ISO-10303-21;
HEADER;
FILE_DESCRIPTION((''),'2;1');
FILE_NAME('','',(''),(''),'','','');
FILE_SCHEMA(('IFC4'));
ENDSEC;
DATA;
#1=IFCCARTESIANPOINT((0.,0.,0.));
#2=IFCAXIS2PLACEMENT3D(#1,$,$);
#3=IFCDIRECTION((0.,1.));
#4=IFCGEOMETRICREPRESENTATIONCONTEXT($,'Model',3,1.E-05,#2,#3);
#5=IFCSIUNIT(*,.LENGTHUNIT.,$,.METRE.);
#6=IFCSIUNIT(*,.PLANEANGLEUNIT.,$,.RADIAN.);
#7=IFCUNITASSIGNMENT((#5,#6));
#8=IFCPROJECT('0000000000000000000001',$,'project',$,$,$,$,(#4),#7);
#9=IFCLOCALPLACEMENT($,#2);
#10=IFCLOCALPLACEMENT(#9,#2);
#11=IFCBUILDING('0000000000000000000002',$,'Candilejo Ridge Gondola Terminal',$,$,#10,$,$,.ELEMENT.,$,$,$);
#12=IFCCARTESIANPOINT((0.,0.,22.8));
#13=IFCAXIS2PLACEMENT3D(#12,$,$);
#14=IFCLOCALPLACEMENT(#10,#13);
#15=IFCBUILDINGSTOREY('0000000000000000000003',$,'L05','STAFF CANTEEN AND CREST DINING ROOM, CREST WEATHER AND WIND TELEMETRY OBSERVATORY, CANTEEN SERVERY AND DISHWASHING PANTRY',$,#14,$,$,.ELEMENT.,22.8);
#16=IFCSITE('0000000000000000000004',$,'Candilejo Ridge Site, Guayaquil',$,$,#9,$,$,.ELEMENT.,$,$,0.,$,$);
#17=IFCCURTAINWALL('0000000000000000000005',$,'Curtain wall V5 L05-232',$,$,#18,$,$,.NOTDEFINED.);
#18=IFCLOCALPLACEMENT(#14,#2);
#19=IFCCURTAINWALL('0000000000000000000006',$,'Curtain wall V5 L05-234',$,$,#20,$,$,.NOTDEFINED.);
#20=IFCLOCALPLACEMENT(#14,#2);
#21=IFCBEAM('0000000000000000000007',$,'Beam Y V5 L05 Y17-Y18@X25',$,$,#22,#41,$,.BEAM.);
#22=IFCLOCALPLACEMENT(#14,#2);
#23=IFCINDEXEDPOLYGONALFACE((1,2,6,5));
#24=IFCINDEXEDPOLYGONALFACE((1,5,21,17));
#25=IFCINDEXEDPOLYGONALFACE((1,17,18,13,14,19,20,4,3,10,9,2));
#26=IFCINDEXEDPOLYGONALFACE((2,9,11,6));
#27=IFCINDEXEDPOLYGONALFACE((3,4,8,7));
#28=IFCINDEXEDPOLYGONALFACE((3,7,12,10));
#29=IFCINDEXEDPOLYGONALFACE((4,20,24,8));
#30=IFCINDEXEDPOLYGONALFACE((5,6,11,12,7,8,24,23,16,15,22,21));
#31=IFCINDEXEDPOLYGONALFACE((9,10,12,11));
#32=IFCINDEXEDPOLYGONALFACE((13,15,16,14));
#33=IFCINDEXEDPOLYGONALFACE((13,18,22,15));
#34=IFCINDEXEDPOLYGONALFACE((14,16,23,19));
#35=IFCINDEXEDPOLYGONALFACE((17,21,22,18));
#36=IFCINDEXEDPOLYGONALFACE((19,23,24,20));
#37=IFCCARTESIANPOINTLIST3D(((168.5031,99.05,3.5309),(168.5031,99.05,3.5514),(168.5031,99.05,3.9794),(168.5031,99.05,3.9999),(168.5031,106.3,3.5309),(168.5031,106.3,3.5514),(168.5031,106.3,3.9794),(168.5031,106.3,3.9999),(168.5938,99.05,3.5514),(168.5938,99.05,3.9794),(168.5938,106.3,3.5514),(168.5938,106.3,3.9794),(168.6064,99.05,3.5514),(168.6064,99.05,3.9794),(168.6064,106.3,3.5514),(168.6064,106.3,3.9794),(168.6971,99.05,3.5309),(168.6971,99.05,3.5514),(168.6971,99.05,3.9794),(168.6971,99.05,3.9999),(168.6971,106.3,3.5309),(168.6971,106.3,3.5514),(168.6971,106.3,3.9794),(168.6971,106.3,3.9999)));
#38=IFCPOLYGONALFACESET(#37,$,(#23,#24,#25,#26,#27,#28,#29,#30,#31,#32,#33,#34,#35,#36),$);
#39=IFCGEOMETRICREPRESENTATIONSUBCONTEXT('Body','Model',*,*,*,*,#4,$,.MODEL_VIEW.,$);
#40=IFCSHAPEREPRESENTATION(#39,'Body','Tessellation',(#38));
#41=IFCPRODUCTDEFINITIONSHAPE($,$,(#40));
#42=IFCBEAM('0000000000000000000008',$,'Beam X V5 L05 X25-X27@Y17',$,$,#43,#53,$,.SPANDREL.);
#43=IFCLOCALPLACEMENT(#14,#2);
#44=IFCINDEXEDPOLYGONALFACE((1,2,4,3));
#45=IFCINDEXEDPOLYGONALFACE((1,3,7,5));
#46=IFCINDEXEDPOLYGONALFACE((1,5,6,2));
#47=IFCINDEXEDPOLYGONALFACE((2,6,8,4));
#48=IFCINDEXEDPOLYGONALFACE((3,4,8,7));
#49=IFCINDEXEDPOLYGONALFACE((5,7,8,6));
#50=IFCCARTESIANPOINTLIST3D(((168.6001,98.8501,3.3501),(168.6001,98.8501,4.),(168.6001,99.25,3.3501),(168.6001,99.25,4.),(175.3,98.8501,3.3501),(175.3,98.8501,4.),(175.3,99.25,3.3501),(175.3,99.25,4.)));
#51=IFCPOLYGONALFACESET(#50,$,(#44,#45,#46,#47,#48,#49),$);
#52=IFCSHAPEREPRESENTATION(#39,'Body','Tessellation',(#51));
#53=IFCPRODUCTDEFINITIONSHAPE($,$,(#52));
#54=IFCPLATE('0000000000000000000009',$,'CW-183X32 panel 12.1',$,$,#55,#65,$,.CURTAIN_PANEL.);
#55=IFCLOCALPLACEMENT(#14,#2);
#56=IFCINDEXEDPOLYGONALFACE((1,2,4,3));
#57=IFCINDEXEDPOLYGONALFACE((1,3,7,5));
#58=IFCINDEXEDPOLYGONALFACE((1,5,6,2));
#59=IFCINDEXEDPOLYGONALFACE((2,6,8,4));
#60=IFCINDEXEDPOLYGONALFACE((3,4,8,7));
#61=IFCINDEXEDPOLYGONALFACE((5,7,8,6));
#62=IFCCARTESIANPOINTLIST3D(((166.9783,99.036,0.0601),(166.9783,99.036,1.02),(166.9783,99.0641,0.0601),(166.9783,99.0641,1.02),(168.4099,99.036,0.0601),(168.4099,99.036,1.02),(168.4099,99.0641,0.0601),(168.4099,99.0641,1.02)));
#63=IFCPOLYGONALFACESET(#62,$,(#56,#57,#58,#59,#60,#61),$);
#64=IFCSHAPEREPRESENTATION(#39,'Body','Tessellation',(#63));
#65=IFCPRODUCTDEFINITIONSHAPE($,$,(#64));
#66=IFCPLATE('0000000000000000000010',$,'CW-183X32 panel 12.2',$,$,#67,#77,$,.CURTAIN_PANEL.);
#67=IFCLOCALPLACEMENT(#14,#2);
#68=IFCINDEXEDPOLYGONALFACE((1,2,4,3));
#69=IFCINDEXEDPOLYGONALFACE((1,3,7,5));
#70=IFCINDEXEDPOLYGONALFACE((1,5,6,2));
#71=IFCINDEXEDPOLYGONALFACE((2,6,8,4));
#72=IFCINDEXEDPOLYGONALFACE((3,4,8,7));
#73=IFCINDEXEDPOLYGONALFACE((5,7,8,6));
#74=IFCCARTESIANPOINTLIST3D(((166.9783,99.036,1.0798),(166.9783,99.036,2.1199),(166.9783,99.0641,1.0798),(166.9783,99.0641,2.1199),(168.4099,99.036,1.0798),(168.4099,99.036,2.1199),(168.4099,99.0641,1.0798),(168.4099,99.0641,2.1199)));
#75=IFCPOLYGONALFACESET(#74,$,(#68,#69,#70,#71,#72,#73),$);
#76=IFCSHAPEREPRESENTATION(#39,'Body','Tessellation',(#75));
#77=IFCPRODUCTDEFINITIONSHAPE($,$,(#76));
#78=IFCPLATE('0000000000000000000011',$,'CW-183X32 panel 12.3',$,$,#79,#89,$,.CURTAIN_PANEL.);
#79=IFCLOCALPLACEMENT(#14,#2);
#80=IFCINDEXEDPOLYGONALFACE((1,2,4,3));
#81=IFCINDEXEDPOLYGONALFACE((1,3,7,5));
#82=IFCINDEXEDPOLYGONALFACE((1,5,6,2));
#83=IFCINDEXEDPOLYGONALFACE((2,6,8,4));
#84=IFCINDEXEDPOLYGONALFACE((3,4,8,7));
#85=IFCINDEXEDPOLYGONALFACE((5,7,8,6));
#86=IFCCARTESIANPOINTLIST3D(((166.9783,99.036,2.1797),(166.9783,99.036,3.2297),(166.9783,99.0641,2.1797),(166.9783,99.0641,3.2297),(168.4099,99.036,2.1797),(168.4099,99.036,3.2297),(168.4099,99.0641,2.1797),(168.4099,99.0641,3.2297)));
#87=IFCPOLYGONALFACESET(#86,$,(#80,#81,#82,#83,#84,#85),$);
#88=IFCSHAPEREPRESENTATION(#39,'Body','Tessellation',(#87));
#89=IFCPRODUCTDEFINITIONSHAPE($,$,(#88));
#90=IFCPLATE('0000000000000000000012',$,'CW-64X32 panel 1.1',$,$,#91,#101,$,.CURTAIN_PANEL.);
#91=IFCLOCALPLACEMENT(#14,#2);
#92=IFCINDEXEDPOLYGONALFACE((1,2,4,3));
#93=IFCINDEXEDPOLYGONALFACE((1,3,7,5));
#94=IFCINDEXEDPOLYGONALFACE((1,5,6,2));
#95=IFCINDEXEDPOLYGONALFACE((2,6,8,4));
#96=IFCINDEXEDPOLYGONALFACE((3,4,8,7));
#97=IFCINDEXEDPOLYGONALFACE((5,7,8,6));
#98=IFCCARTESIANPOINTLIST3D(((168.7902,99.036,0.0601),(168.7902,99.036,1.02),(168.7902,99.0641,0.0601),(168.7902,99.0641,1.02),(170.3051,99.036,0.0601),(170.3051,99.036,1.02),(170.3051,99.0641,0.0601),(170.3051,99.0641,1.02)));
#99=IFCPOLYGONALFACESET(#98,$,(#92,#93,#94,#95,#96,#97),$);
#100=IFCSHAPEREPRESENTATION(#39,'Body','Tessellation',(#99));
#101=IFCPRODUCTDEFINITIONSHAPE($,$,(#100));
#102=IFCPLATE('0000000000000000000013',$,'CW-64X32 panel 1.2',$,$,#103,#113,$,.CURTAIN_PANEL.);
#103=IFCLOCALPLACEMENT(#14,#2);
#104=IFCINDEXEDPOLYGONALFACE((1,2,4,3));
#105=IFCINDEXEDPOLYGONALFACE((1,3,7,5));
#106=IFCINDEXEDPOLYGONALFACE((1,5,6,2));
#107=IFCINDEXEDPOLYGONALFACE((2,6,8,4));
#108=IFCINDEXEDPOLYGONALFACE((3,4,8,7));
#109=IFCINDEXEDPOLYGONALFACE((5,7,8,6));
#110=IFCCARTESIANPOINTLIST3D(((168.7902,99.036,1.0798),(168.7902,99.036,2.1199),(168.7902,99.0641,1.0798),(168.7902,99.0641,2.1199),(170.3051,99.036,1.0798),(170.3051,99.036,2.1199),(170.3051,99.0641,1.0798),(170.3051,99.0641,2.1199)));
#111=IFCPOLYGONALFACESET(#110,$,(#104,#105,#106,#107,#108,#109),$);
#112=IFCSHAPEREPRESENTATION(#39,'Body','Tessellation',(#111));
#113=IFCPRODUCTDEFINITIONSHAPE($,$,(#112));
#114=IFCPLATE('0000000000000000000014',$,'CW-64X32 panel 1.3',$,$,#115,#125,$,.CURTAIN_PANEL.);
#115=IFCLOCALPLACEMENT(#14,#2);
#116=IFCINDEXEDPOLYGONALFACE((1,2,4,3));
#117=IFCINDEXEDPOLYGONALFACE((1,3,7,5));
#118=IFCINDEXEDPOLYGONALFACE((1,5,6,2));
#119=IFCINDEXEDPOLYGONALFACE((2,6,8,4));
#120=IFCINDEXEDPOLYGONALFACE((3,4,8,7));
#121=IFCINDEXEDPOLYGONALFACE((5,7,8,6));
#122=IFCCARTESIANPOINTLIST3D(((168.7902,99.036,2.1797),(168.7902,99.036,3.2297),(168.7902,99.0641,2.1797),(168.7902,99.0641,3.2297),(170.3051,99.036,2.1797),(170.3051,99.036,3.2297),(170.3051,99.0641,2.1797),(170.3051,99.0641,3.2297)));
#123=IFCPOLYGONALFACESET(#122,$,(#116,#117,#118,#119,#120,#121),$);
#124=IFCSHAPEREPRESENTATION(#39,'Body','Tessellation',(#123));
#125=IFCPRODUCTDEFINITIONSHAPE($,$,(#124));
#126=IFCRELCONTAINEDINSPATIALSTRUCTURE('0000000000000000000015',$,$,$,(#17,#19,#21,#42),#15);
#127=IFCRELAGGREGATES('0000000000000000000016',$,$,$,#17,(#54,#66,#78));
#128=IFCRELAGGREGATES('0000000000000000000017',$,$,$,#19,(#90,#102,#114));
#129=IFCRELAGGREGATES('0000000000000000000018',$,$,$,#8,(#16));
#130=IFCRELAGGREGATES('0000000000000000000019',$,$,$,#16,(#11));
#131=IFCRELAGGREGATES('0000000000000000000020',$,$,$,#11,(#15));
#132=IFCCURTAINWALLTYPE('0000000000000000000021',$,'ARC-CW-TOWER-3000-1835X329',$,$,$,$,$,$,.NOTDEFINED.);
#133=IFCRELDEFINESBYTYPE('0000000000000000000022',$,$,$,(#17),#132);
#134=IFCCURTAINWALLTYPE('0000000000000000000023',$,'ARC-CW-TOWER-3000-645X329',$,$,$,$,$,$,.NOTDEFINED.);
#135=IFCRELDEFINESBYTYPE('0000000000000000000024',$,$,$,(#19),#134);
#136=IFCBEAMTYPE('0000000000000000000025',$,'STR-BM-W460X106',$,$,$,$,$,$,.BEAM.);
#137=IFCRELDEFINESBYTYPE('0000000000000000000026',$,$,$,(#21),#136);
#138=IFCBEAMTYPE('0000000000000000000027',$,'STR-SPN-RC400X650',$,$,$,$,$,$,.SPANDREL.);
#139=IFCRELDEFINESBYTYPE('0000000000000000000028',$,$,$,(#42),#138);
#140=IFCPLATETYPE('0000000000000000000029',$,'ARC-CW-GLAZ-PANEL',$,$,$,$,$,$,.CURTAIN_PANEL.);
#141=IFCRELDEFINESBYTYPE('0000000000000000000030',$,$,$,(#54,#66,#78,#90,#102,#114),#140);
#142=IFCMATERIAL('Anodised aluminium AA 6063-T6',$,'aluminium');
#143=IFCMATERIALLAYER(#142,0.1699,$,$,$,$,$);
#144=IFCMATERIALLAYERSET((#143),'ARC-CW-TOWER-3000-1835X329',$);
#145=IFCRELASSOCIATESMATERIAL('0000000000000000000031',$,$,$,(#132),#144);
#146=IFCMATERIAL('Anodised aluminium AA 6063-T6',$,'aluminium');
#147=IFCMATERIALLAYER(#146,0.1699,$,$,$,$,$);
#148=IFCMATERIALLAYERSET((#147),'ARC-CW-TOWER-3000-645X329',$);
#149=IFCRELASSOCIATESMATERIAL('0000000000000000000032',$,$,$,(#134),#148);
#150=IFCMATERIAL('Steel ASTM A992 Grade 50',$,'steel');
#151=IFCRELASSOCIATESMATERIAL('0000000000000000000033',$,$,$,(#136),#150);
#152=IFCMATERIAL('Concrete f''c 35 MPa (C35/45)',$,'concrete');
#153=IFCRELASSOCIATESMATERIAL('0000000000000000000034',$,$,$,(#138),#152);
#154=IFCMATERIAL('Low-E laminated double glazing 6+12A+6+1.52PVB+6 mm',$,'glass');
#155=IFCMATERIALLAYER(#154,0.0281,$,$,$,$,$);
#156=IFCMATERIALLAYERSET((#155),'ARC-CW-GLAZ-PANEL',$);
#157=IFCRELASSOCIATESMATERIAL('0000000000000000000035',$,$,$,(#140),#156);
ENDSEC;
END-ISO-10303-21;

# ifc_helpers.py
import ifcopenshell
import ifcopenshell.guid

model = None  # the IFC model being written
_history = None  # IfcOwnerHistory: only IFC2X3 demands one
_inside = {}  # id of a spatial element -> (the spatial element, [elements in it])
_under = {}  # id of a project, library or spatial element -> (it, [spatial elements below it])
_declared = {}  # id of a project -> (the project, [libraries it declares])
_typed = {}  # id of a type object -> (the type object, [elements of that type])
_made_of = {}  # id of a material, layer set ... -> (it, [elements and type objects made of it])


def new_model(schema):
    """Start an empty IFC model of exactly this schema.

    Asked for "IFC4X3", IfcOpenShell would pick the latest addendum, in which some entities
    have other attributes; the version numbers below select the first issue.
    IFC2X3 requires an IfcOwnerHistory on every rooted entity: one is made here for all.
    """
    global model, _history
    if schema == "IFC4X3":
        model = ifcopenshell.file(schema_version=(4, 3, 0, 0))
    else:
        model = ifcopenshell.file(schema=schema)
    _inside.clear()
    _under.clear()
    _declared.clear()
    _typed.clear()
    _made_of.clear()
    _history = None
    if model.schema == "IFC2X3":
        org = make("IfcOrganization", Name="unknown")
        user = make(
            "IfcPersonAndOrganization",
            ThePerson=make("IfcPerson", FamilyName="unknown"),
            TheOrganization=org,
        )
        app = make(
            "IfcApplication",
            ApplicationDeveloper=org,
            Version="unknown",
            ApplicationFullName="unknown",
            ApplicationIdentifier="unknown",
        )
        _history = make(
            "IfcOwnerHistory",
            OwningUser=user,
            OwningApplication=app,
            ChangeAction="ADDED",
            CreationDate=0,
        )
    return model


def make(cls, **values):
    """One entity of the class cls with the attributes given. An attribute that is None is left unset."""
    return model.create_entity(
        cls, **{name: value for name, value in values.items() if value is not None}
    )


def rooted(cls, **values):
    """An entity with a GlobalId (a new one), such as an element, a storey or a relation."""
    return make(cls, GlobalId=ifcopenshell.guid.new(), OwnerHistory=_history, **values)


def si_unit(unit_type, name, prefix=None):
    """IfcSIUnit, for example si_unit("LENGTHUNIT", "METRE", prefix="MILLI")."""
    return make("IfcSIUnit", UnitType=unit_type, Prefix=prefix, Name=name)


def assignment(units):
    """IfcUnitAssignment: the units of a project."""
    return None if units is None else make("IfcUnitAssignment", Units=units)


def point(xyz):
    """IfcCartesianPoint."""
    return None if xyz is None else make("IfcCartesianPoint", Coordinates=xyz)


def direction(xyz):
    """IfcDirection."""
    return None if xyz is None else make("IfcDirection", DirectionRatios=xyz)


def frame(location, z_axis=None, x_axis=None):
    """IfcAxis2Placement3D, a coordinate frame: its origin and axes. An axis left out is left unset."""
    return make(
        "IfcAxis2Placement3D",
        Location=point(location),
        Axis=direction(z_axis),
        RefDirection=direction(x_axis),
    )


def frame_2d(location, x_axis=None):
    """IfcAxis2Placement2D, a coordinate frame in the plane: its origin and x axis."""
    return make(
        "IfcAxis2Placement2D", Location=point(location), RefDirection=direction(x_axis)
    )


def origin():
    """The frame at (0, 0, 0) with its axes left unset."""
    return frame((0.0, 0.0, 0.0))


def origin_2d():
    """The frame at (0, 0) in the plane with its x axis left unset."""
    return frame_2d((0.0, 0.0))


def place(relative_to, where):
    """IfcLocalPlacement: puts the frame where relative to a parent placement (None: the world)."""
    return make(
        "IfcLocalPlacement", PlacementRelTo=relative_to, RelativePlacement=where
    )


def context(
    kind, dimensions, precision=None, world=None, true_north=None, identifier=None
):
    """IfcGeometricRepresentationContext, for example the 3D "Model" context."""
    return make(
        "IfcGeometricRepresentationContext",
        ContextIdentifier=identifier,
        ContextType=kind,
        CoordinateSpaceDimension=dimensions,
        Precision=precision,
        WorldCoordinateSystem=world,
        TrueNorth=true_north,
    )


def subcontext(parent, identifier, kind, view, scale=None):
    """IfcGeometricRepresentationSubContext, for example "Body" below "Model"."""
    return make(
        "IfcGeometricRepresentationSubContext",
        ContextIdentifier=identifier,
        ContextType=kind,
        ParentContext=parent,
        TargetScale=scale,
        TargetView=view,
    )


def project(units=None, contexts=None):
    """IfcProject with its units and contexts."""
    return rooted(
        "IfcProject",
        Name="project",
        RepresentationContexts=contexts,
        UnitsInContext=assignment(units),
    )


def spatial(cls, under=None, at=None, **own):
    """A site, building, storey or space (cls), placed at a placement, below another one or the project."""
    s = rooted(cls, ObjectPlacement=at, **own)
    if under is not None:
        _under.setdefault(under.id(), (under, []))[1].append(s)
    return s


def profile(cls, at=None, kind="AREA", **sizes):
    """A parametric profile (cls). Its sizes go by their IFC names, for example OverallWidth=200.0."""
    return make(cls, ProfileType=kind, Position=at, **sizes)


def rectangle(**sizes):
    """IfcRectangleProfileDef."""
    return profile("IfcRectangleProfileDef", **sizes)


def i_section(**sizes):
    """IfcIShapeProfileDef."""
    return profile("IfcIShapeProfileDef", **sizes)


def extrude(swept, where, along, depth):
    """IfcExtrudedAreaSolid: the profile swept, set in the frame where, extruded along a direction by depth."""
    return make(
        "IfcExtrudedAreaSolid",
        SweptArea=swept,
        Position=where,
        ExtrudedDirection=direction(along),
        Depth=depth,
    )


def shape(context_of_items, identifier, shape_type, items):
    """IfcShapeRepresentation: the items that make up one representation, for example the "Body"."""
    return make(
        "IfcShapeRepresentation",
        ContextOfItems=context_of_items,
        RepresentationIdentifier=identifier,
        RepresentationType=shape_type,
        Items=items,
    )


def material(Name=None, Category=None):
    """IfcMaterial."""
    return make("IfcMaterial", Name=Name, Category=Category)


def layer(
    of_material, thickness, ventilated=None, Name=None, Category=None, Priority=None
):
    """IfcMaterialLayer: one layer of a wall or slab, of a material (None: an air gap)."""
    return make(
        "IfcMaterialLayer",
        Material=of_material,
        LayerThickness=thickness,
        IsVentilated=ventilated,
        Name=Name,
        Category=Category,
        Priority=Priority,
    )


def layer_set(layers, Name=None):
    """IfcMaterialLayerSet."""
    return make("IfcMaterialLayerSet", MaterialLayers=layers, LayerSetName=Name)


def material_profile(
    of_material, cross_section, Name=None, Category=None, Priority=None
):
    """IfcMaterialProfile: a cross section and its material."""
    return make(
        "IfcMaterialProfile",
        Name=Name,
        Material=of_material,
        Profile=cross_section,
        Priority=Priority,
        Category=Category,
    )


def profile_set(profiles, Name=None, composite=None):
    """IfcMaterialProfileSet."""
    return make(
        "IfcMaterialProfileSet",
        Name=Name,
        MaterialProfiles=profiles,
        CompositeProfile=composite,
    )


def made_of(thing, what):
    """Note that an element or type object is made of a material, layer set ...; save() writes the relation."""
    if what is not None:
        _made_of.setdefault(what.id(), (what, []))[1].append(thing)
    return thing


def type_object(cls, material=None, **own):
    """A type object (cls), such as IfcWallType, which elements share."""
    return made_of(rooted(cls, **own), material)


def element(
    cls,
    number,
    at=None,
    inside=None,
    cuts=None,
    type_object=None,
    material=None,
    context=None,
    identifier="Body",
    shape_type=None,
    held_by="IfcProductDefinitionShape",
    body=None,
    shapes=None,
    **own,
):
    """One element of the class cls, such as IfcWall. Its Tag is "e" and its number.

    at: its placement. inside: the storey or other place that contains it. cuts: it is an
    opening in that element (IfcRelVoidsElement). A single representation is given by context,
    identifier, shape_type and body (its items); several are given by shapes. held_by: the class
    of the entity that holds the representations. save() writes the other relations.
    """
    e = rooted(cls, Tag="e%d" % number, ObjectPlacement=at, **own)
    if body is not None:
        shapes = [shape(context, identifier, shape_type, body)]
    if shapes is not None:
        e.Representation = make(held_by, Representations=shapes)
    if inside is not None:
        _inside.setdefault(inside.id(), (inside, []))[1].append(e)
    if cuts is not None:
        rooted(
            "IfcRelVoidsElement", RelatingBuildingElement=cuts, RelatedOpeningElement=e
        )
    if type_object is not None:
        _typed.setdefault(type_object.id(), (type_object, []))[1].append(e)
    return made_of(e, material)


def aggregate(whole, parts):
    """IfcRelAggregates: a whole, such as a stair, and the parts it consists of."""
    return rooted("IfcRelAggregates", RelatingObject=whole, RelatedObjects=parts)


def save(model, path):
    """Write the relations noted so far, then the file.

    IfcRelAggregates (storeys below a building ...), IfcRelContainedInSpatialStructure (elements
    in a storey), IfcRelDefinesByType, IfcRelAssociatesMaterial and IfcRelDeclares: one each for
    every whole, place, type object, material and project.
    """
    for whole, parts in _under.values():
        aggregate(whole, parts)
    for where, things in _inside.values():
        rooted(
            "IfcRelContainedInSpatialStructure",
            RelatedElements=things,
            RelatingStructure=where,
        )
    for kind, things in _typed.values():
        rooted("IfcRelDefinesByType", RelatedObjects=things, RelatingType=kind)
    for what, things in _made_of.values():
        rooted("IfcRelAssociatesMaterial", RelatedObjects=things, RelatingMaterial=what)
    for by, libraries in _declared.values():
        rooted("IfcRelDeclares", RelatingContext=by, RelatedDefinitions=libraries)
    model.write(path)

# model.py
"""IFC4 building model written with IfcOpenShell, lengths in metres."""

from ifc_helpers import new_model, si_unit, direction, frame, origin, origin_2d, place, context, subcontext, project, spatial, rectangle, i_section, extrude, material, layer, layer_set, material_profile, profile_set, type_object, element, aggregate, save


model = new_model("IFC4")

# Units and contexts
model_context = context("Model", 3, precision=1e-05, world=origin(), true_north=direction((0.0, 1.0)))
body_context = subcontext(model_context, "Body", "Model", "MODEL_VIEW")
ifc_project = project(units=[si_unit("LENGTHUNIT", "METRE"), si_unit("PLANEANGLEUNIT", "RADIAN")], contexts=[model_context])

# Site, building, storey
site_placement = place(None, origin())
site = spatial("IfcSite", under=ifc_project, at=site_placement, Name="Candilejo Ridge Site, Guayaquil", CompositionType="ELEMENT", RefElevation=0.0)
building_placement = place(site_placement, origin())
building = spatial("IfcBuilding", under=site, at=building_placement, Name="Candilejo Ridge Gondola Terminal", CompositionType="ELEMENT")
storey_placement = place(building_placement, frame((0.0, 0.0, 22.8)))
storey = spatial("IfcBuildingStorey", under=building, at=storey_placement, Name="L05", Description="STAFF CANTEEN AND CREST DINING ROOM, CREST WEATHER AND WIND TELEMETRY OBSERVATORY, CANTEEN SERVERY AND DISHWASHING PANTRY", CompositionType="ELEMENT", Elevation=22.8)

# Curtain wall
ifc_material_1 = material(Name="Anodised aluminium AA 6063-T6", Category="aluminium")
ifc_layer_1 = layer(ifc_material_1, 0.1699)
ifc_layer_set_1 = layer_set([ifc_layer_1], Name="ARC-CW-TOWER-3000-1835X329")
curtain_wall_type_1 = type_object("IfcCurtainWallType", Name="ARC-CW-TOWER-3000-1835X329", PredefinedType="NOTDEFINED", material=ifc_layer_set_1)
curtain_wall_1_placement = place(storey_placement, origin())
curtain_wall_1 = element("IfcCurtainWall", 1, at=curtain_wall_1_placement, inside=storey, type_object=curtain_wall_type_1, Name="Curtain wall V5 L05-232", PredefinedType="NOTDEFINED")

# Curtain wall
ifc_material_2 = material(Name="Anodised aluminium AA 6063-T6", Category="aluminium")
ifc_layer_2 = layer(ifc_material_2, 0.1699)
ifc_layer_set_2 = layer_set([ifc_layer_2], Name="ARC-CW-TOWER-3000-645X329")
curtain_wall_type_2 = type_object("IfcCurtainWallType", Name="ARC-CW-TOWER-3000-645X329", PredefinedType="NOTDEFINED", material=ifc_layer_set_2)
curtain_wall_2_placement = place(storey_placement, origin())
curtain_wall_2 = element("IfcCurtainWall", 2, at=curtain_wall_2_placement, inside=storey, type_object=curtain_wall_type_2, Name="Curtain wall V5 L05-234", PredefinedType="NOTDEFINED")

# Beams
ifc_material_3 = material(Name="Steel ASTM A992 Grade 50", Category="steel")
ifc_material_profile_1 = material_profile(ifc_material_3, i_section(OverallWidth=0.1941, OverallDepth=0.469, WebThickness=0.0127, FlangeThickness=0.0205, at=origin_2d()))
ifc_profile_set_1 = profile_set([ifc_material_profile_1], Name="Steel ASTM A992 Grade 50")
beam_type_1 = type_object("IfcBeamType", Name="STR-BM-W460X106", PredefinedType="BEAM", material=ifc_profile_set_1)
beam_1_placement = place(storey_placement, frame((168.6001, 99.05, 3.7654), z_axis=(0.0, 1.0, 0.0), x_axis=(-1.0, 0.0, 0.0)))
element("IfcBeam", 3, at=beam_1_placement, inside=storey, type_object=beam_type_1, Name="Beam Y V5 L05 Y17-Y18@X25", PredefinedType="BEAM", context=body_context, shape_type="SweptSolid", body=[
    extrude(i_section(OverallWidth=0.1941, OverallDepth=0.469, WebThickness=0.0127, FlangeThickness=0.0205, at=origin_2d()), origin(), (0.0, 0.0, 1.0), 7.25),
])
ifc_material_4 = material(Name="Concrete f'c 35 MPa (C35/45)", Category="concrete")
ifc_material_profile_2 = material_profile(ifc_material_4, rectangle(XDim=0.3999, YDim=0.6499, at=origin_2d()))
ifc_profile_set_2 = profile_set([ifc_material_profile_2], Name="Concrete f'c 35 MPa (C35/45)")
beam_type_2 = type_object("IfcBeamType", Name="STR-SPN-RC400X650", PredefinedType="SPANDREL", material=ifc_profile_set_2)
beam_2_placement = place(storey_placement, frame((168.6001, 99.05, 3.675), z_axis=(1.0, 0.0, 0.0), x_axis=(0.0, 1.0, 0.0)))
element("IfcBeam", 4, at=beam_2_placement, inside=storey, type_object=beam_type_2, Name="Beam X V5 L05 X25-X27@Y17", PredefinedType="SPANDREL", context=body_context, shape_type="SweptSolid", body=[
    extrude(rectangle(XDim=0.3999, YDim=0.6499, at=origin_2d()), origin(), (0.0, 0.0, 1.0), 6.7),
])

# Plates
ifc_material_5 = material(Name="Low-E laminated double glazing 6+12A+6+1.52PVB+6 mm", Category="glass")
ifc_layer_3 = layer(ifc_material_5, 0.0281)
ifc_layer_set_3 = layer_set([ifc_layer_3], Name="ARC-CW-GLAZ-PANEL")
plate_type = type_object("IfcPlateType", Name="ARC-CW-GLAZ-PANEL", PredefinedType="CURTAIN_PANEL", material=ifc_layer_set_3)
plate_1_placement = place(storey_placement, frame((167.6941, 99.05, 0.0601), z_axis=(0.0, 0.0, 1.0), x_axis=(1.0, 0.0, 0.0)))
plate_1 = element("IfcPlate", 5, at=plate_1_placement, type_object=plate_type, Name="CW-183X32 panel 12.1", PredefinedType="CURTAIN_PANEL", context=body_context, shape_type="SweptSolid", body=[
    extrude(rectangle(XDim=1.4316, YDim=0.0281, at=origin_2d()), origin(), (0.0, 0.0, 1.0), 0.96),
])
plate_2_placement = place(storey_placement, frame((167.6941, 99.05, 1.0798), z_axis=(0.0, 0.0, 1.0), x_axis=(1.0, 0.0, 0.0)))
plate_2 = element("IfcPlate", 6, at=plate_2_placement, type_object=plate_type, Name="CW-183X32 panel 12.2", PredefinedType="CURTAIN_PANEL", context=body_context, shape_type="SweptSolid", body=[
    extrude(rectangle(XDim=1.4316, YDim=0.0281, at=origin_2d()), origin(), (0.0, 0.0, 1.0), 1.04),
])
plate_3_placement = place(storey_placement, frame((167.6941, 99.05, 2.1797), z_axis=(0.0, 0.0, 1.0), x_axis=(1.0, 0.0, 0.0)))
plate_3 = element("IfcPlate", 7, at=plate_3_placement, type_object=plate_type, Name="CW-183X32 panel 12.3", PredefinedType="CURTAIN_PANEL", context=body_context, shape_type="SweptSolid", body=[
    extrude(rectangle(XDim=1.4316, YDim=0.0281, at=origin_2d()), origin(), (0.0, 0.0, 1.0), 1.05),
])
aggregate(curtain_wall_1, [plate_1, plate_2, plate_3])
plate_4_placement = place(storey_placement, frame((169.5476, 99.05, 0.0601), z_axis=(0.0, 0.0, 1.0), x_axis=(1.0, 0.0, 0.0)))
plate_4 = element("IfcPlate", 8, at=plate_4_placement, type_object=plate_type, Name="CW-64X32 panel 1.1", PredefinedType="CURTAIN_PANEL", context=body_context, shape_type="SweptSolid", body=[
    extrude(rectangle(XDim=1.5149, YDim=0.0281, at=origin_2d()), origin(), (0.0, 0.0, 1.0), 0.96),
])
plate_5_placement = place(storey_placement, frame((169.5476, 99.05, 1.0798), z_axis=(0.0, 0.0, 1.0), x_axis=(1.0, 0.0, 0.0)))
plate_5 = element("IfcPlate", 9, at=plate_5_placement, type_object=plate_type, Name="CW-64X32 panel 1.2", PredefinedType="CURTAIN_PANEL", context=body_context, shape_type="SweptSolid", body=[
    extrude(rectangle(XDim=1.5149, YDim=0.0281, at=origin_2d()), origin(), (0.0, 0.0, 1.0), 1.04),
])
plate_6_placement = place(storey_placement, frame((169.5476, 99.05, 2.1797), z_axis=(0.0, 0.0, 1.0), x_axis=(1.0, 0.0, 0.0)))
plate_6 = element("IfcPlate", 10, at=plate_6_placement, type_object=plate_type, Name="CW-64X32 panel 1.3", PredefinedType="CURTAIN_PANEL", context=body_context, shape_type="SweptSolid", body=[
    extrude(rectangle(XDim=1.5149, YDim=0.0281, at=origin_2d()), origin(), (0.0, 0.0, 1.0), 1.05),
])
aggregate(curtain_wall_2, [plate_4, plate_5, plate_6])

save(model, "model.ifc")
